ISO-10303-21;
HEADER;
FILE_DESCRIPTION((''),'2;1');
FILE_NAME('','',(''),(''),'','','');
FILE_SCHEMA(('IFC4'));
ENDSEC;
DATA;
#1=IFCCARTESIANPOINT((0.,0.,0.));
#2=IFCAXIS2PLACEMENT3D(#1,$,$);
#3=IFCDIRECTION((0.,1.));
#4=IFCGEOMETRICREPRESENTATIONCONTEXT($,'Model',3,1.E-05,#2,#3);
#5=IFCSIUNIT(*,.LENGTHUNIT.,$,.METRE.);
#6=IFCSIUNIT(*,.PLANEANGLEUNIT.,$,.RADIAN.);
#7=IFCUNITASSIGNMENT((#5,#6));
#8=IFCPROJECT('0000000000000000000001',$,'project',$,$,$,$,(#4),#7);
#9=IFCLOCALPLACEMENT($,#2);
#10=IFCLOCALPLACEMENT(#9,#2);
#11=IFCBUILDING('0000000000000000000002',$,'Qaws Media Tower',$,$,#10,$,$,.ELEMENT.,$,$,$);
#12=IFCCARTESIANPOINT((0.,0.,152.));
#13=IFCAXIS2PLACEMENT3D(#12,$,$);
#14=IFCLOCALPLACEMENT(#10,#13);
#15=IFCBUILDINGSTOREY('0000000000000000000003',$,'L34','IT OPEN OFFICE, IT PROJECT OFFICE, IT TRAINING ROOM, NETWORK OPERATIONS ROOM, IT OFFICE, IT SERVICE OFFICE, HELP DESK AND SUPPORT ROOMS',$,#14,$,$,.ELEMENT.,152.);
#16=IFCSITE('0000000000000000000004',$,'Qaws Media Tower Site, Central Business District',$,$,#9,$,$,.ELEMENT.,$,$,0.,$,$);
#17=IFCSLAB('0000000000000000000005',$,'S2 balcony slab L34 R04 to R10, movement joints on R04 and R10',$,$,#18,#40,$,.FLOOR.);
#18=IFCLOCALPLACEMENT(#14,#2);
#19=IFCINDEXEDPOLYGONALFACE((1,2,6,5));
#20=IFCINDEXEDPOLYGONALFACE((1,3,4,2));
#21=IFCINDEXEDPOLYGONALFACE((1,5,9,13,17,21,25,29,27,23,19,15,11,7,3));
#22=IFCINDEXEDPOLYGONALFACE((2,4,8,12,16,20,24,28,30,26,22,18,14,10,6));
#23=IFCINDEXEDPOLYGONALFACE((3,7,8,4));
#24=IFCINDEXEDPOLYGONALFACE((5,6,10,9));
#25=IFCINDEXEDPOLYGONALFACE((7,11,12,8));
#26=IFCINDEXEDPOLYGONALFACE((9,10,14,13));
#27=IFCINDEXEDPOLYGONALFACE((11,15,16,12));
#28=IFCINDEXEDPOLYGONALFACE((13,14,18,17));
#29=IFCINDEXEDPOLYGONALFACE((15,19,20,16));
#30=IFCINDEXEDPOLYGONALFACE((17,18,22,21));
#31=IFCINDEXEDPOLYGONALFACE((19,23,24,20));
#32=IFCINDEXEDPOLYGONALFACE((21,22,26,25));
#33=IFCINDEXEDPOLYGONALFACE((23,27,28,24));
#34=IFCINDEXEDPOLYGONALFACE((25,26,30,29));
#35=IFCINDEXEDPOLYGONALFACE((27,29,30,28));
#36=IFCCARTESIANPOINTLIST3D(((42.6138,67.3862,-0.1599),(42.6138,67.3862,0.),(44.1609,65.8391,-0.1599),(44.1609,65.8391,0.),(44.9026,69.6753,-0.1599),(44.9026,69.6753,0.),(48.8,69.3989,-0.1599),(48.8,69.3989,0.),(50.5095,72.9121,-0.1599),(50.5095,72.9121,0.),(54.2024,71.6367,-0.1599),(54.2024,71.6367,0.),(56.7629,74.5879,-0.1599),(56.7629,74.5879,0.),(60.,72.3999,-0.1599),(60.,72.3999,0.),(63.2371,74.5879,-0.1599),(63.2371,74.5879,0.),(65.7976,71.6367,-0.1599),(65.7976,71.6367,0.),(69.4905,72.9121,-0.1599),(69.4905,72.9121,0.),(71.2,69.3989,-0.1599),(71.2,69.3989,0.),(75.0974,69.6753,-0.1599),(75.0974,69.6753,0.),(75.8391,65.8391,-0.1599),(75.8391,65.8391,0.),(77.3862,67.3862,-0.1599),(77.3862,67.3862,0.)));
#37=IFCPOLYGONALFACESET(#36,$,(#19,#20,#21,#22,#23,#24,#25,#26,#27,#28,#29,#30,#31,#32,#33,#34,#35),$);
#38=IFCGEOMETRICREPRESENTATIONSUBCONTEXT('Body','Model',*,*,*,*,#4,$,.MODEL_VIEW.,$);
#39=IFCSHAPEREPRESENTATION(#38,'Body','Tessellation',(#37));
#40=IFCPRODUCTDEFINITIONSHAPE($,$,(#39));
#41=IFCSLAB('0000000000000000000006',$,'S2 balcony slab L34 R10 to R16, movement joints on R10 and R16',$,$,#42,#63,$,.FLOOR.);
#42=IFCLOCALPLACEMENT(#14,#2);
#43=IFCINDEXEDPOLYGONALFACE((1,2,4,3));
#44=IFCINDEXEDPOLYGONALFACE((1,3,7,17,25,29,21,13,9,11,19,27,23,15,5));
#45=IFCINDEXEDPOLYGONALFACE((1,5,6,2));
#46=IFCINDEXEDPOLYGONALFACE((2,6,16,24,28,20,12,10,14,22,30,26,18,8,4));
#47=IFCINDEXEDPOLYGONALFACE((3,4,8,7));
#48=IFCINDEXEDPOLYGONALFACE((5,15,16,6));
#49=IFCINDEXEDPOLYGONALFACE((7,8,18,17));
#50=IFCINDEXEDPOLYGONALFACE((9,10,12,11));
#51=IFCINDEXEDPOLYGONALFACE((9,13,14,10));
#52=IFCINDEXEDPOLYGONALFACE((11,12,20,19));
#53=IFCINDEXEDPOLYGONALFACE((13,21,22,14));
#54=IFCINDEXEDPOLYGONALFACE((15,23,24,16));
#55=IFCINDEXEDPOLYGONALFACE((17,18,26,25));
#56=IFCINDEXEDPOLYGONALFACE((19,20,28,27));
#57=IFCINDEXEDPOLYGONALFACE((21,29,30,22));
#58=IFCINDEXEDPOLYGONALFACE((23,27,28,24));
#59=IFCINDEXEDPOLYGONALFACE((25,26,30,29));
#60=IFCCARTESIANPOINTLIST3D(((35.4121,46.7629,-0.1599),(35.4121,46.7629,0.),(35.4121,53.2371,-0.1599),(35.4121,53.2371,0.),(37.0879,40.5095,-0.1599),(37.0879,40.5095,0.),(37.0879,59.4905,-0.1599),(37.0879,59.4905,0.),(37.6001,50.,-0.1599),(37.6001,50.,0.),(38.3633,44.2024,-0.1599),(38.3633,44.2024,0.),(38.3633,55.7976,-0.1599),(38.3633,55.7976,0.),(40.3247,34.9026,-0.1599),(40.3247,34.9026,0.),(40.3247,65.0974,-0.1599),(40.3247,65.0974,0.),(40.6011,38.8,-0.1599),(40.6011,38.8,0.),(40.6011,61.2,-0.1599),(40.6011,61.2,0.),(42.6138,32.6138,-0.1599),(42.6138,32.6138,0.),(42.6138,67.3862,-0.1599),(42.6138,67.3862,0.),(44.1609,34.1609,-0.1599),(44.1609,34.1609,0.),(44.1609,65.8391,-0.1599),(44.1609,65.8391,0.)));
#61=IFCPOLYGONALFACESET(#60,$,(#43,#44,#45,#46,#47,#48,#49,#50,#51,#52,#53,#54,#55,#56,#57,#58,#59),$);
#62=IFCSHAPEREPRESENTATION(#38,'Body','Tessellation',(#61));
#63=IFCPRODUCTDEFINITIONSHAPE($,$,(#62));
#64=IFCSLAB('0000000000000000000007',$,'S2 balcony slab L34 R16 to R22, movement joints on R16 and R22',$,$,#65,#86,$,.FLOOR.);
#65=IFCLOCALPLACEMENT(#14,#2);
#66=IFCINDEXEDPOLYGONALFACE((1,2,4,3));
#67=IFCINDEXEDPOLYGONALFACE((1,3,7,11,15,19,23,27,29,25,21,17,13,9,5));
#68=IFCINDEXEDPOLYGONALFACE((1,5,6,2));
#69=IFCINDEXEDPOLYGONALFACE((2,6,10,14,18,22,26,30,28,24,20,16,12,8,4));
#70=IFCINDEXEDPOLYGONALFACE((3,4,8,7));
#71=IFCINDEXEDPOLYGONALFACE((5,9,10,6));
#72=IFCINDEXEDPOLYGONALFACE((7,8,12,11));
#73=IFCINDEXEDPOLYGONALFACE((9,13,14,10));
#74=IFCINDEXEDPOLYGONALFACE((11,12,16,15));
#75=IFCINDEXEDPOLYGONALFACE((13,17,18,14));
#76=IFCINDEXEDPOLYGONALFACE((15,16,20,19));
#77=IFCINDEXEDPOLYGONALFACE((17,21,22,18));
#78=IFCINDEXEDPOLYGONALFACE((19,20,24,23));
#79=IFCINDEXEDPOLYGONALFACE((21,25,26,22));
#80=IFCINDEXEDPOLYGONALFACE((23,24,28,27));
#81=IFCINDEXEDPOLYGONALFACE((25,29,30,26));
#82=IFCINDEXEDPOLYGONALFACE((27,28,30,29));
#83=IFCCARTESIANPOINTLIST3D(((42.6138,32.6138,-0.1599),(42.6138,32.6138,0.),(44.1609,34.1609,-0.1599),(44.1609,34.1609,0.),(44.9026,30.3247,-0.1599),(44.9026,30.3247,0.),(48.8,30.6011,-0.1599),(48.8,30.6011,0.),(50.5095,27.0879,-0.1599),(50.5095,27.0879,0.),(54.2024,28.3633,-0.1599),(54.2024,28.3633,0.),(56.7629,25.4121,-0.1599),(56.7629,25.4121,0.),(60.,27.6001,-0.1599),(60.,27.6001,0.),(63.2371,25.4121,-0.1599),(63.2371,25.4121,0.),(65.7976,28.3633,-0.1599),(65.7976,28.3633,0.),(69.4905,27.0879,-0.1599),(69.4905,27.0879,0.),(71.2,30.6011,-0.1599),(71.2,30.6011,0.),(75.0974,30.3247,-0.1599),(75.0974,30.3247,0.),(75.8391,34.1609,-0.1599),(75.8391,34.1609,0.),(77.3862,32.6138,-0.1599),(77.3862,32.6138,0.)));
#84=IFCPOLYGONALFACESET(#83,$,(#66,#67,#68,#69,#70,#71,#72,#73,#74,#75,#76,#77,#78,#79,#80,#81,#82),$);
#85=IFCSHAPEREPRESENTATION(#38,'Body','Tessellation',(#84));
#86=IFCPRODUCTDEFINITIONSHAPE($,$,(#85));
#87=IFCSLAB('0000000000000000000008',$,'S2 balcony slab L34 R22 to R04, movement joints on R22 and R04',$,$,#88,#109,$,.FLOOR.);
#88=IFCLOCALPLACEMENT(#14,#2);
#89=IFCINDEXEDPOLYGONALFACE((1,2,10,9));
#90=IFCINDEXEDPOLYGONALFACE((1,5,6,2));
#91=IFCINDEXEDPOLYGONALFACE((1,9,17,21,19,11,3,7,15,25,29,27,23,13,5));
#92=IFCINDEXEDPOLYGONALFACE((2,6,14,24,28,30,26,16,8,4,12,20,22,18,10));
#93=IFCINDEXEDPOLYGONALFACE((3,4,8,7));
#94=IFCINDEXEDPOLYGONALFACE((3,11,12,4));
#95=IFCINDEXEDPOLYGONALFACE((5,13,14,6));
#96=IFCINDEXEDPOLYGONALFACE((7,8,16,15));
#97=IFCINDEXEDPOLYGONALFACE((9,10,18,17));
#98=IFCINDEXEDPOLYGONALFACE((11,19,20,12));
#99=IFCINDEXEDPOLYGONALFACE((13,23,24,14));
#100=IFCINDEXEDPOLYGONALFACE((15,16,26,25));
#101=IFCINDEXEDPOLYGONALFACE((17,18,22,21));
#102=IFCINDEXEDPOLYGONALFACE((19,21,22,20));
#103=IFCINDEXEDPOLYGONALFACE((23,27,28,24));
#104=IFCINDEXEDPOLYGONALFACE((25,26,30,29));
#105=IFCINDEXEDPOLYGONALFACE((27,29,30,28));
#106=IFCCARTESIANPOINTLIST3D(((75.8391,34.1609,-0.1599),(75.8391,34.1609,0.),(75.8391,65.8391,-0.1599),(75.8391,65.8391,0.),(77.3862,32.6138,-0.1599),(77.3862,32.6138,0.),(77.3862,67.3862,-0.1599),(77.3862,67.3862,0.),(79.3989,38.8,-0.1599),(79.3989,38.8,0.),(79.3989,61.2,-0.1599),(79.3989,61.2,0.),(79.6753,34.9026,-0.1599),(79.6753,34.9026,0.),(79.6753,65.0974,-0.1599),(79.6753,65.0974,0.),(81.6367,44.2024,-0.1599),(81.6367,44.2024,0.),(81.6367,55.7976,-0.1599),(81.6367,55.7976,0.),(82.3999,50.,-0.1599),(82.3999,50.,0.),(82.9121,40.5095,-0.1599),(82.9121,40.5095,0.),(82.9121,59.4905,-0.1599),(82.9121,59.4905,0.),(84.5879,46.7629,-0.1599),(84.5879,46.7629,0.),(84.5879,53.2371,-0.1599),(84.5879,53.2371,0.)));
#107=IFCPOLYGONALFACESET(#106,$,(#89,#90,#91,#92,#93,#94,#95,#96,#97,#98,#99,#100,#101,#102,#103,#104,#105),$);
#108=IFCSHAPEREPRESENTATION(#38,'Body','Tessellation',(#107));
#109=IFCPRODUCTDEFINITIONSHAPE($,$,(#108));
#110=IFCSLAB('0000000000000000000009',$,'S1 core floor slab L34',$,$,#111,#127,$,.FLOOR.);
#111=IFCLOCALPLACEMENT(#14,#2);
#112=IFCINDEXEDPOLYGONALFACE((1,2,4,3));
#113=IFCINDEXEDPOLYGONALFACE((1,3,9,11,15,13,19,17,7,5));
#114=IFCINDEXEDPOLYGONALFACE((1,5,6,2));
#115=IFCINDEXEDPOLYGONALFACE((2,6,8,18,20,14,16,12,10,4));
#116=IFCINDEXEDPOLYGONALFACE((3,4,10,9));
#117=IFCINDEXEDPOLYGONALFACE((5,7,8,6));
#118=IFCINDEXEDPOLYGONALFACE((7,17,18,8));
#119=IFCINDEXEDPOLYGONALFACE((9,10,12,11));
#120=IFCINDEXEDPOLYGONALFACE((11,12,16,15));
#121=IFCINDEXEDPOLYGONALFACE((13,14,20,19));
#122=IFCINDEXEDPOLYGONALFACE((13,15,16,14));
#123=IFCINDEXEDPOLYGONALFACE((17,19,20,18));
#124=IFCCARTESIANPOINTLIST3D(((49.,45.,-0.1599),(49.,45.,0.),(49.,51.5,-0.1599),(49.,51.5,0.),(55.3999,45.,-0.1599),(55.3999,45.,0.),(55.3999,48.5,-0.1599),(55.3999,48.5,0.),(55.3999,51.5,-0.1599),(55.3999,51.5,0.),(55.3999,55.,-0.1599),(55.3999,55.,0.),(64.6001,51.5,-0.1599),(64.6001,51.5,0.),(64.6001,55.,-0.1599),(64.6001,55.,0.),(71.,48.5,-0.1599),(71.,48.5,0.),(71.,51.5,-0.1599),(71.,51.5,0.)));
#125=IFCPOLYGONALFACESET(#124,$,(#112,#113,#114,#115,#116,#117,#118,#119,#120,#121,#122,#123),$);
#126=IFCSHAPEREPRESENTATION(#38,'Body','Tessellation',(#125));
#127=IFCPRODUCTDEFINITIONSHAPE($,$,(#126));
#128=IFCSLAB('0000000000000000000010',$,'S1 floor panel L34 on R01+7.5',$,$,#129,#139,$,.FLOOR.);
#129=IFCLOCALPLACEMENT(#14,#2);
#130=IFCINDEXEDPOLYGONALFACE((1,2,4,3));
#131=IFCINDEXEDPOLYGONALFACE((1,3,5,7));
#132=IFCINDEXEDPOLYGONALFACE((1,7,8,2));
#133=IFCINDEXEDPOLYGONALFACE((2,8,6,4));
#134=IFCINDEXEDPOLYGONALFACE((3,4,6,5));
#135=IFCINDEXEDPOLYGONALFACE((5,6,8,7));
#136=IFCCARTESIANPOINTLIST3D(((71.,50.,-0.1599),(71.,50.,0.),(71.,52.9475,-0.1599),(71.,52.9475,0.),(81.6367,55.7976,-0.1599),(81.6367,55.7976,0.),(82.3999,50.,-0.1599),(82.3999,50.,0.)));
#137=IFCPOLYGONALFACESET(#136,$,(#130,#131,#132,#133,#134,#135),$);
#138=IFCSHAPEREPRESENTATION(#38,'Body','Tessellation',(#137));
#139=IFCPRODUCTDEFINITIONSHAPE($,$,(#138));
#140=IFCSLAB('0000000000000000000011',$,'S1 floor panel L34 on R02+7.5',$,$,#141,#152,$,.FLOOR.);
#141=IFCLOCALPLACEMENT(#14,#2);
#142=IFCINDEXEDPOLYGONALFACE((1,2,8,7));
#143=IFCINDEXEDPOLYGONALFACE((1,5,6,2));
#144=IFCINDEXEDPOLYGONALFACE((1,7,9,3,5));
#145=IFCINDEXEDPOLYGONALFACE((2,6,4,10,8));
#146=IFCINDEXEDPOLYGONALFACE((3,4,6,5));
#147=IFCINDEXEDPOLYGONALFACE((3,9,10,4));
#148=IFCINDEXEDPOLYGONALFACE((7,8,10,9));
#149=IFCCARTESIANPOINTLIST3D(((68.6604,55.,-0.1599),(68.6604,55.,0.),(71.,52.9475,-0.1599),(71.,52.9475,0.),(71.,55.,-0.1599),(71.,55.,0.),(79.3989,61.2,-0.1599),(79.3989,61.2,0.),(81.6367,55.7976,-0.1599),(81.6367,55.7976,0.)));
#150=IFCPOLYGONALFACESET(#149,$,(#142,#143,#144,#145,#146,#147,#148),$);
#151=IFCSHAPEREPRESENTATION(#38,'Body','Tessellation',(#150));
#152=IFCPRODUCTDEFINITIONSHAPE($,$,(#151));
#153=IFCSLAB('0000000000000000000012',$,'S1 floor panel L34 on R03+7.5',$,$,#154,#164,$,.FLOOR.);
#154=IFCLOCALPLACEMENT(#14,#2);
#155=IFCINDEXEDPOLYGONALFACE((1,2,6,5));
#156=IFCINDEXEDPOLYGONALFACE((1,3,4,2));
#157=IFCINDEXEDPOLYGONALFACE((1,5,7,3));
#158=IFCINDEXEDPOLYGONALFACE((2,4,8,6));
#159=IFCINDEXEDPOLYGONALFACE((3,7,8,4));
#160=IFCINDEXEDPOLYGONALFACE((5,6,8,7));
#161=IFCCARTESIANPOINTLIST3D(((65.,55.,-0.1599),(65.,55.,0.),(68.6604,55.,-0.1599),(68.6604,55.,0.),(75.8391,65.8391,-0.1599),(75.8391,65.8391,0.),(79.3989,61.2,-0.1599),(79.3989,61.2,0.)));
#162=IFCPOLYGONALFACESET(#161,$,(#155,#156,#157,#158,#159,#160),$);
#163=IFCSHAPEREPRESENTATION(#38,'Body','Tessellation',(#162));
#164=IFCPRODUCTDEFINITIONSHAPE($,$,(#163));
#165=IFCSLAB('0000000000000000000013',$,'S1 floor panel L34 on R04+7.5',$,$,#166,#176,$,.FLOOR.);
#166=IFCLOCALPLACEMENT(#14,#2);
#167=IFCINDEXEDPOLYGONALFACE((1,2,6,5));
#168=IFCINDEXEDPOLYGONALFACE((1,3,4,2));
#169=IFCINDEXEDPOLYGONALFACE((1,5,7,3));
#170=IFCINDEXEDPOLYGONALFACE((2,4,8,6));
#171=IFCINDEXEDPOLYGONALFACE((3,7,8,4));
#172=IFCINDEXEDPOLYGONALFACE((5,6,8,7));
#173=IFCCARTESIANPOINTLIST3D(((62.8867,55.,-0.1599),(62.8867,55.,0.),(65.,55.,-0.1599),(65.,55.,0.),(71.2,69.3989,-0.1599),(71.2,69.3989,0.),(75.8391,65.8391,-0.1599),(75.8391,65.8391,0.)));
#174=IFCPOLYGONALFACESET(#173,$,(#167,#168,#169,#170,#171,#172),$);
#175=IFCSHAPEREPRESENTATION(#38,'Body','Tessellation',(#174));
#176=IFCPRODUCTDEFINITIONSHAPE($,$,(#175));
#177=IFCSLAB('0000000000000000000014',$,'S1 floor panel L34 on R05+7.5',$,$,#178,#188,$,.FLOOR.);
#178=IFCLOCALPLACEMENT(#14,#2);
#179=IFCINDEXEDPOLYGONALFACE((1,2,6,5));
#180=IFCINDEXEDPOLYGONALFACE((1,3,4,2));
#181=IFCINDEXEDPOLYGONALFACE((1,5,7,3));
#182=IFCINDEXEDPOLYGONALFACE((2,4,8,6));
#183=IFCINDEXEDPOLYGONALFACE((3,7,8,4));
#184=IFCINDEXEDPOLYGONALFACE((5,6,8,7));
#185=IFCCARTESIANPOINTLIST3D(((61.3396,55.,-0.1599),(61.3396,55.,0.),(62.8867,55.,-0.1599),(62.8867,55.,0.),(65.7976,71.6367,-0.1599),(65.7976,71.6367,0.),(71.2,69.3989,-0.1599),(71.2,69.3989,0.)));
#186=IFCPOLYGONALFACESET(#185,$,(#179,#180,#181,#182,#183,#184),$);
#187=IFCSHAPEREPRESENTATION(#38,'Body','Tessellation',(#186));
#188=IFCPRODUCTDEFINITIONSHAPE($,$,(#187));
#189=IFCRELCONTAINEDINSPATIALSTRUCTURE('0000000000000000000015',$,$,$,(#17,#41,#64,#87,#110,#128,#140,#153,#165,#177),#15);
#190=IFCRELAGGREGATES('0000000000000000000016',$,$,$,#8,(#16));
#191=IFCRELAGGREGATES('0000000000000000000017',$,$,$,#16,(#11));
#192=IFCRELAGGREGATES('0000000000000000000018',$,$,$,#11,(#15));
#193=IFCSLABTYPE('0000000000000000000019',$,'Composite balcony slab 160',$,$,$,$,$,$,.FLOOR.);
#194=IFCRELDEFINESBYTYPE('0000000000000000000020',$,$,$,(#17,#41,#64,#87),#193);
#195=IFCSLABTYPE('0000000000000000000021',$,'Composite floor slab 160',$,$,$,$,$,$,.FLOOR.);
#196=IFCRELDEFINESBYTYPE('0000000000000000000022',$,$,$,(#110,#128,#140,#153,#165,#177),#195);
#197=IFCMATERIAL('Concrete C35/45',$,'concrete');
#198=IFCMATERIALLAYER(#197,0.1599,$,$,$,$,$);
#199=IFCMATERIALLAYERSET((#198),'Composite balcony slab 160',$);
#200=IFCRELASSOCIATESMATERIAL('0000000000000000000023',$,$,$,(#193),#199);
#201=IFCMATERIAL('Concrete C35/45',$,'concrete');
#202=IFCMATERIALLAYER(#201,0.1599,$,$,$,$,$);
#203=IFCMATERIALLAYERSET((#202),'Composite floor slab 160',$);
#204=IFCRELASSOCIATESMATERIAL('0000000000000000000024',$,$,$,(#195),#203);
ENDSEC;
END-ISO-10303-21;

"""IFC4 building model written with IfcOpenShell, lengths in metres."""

from ifc_helpers import new_model, si_unit, direction, frame, origin, place, context, subcontext, project, spatial, polyline, outline, extrude, material, layer, layer_set, type_object, element, save


model = new_model("IFC4")

# Units and contexts
model_context = context("Model", 3, precision=1e-05, world=origin(), true_north=direction((0.0, 1.0)))
body_context = subcontext(model_context, "Body", "Model", "MODEL_VIEW")
ifc_project = project(units=[si_unit("LENGTHUNIT", "METRE"), si_unit("PLANEANGLEUNIT", "RADIAN")], contexts=[model_context])

# Site, building, storey
site_placement = place(None, origin())
site = spatial("IfcSite", under=ifc_project, at=site_placement, Name="Qaws Media Tower Site, Central Business District", CompositionType="ELEMENT", RefElevation=0.0)
building_placement = place(site_placement, origin())
building = spatial("IfcBuilding", under=site, at=building_placement, Name="Qaws Media Tower", CompositionType="ELEMENT")
storey_placement = place(building_placement, frame((0.0, 0.0, 152.0)))
storey = spatial("IfcBuildingStorey", under=building, at=storey_placement, Name="L34", Description="IT OPEN OFFICE, IT PROJECT OFFICE, IT TRAINING ROOM, NETWORK OPERATIONS ROOM, IT OFFICE, IT SERVICE OFFICE, HELP DESK AND SUPPORT ROOMS", CompositionType="ELEMENT", Elevation=152.0)

# Slabs
ifc_material_1 = material(Name="Concrete C35/45", Category="concrete")
ifc_layer_1 = layer(ifc_material_1, 0.1599)
ifc_layer_set_1 = layer_set([ifc_layer_1], Name="Composite balcony slab 160")
slab_type_1 = type_object("IfcSlabType", Name="Composite balcony slab 160", PredefinedType="FLOOR", material=ifc_layer_set_1)
slab_1_placement = place(storey_placement, frame((0.0, 0.0, -0.1599)))
element("IfcSlab", 1, at=slab_1_placement, inside=storey, type_object=slab_type_1, Name="S2 balcony slab L34 R04 to R10, movement joints on R04 and R10", PredefinedType="FLOOR", context=body_context, shape_type="SweptSolid", body=[
    extrude(outline(polyline([(44.9026, 69.6753), (50.5095, 72.9121), (56.7629, 74.5879), (63.2371, 74.5879), (69.4905, 72.9121), (75.0974, 69.6753), (77.3862, 67.3862), (75.8391, 65.8391), (71.2, 69.3989), (65.7976, 71.6367), (60.0, 72.3999), (54.2024, 71.6367), (48.8, 69.3989), (44.1609, 65.8391), (42.6138, 67.3862), (44.9026, 69.6753)])), origin(), (0.0, 0.0, 1.0), 0.1599),
])
slab_2_placement = place(storey_placement, frame((0.0, 0.0, -0.1599)))
element("IfcSlab", 2, at=slab_2_placement, inside=storey, type_object=slab_type_1, Name="S2 balcony slab L34 R10 to R16, movement joints on R10 and R16", PredefinedType="FLOOR", context=body_context, shape_type="SweptSolid", body=[
    extrude(outline(polyline([(40.3247, 34.9026), (37.0879, 40.5095), (35.4121, 46.7629), (35.4121, 53.2371), (37.0879, 59.4905), (40.3247, 65.0974), (42.6138, 67.3862), (44.1609, 65.8391), (40.6011, 61.2), (38.3633, 55.7976), (37.6001, 50.0), (38.3633, 44.2024), (40.6011, 38.8), (44.1609, 34.1609), (42.6138, 32.6138), (40.3247, 34.9026)])), origin(), (0.0, 0.0, 1.0), 0.1599),
])
slab_3_placement = place(storey_placement, frame((0.0, 0.0, -0.1599)))
element("IfcSlab", 3, at=slab_3_placement, inside=storey, type_object=slab_type_1, Name="S2 balcony slab L34 R16 to R22, movement joints on R16 and R22", PredefinedType="FLOOR", context=body_context, shape_type="SweptSolid", body=[
    extrude(outline(polyline([(75.0974, 30.3247), (69.4905, 27.0879), (63.2371, 25.4121), (56.7629, 25.4121), (50.5095, 27.0879), (44.9026, 30.3247), (42.6138, 32.6138), (44.1609, 34.1609), (48.8, 30.6011), (54.2024, 28.3633), (60.0, 27.6001), (65.7976, 28.3633), (71.2, 30.6011), (75.8391, 34.1609), (77.3862, 32.6138), (75.0974, 30.3247)])), origin(), (0.0, 0.0, 1.0), 0.1599),
])
slab_4_placement = place(storey_placement, frame((0.0, 0.0, -0.1599)))
element("IfcSlab", 4, at=slab_4_placement, inside=storey, type_object=slab_type_1, Name="S2 balcony slab L34 R22 to R04, movement joints on R22 and R04", PredefinedType="FLOOR", context=body_context, shape_type="SweptSolid", body=[
    extrude(outline(polyline([(82.9121, 40.5095), (79.6753, 34.9026), (77.3862, 32.6138), (75.8391, 34.1609), (79.3989, 38.8), (81.6367, 44.2024), (82.3999, 50.0), (81.6367, 55.7976), (79.3989, 61.2), (75.8391, 65.8391), (77.3862, 67.3862), (79.6753, 65.0974), (82.9121, 59.4905), (84.5879, 53.2371), (84.5879, 46.7629), (82.9121, 40.5095)])), origin(), (0.0, 0.0, 1.0), 0.1599),
])
ifc_material_2 = material(Name="Concrete C35/45", Category="concrete")
ifc_layer_2 = layer(ifc_material_2, 0.1599)
ifc_layer_set_2 = layer_set([ifc_layer_2], Name="Composite floor slab 160")
slab_type_2 = type_object("IfcSlabType", Name="Composite floor slab 160", PredefinedType="FLOOR", material=ifc_layer_set_2)
slab_5_placement = place(storey_placement, frame((0.0, 0.0, -0.1599)))
element("IfcSlab", 5, at=slab_5_placement, inside=storey, type_object=slab_type_2, Name="S1 core floor slab L34", PredefinedType="FLOOR", context=body_context, shape_type="SweptSolid", body=[
    extrude(outline(polyline([(71.0, 51.5), (71.0, 48.5), (55.3999, 48.5), (55.3999, 45.0), (49.0, 45.0), (49.0, 51.5), (55.3999, 51.5), (55.3999, 55.0), (64.6001, 55.0), (64.6001, 51.5), (71.0, 51.5)])), origin(), (0.0, 0.0, 1.0), 0.1599),
])
slab_6_placement = place(storey_placement, frame((0.0, 0.0, -0.1599)))
element("IfcSlab", 6, at=slab_6_placement, inside=storey, type_object=slab_type_2, Name="S1 floor panel L34 on R01+7.5", PredefinedType="FLOOR", context=body_context, shape_type="SweptSolid", body=[
    extrude(outline(polyline([(82.3999, 50.0), (71.0, 50.0), (71.0, 52.9475), (81.6367, 55.7976), (82.3999, 50.0)])), origin(), (0.0, 0.0, 1.0), 0.1599),
])
slab_7_placement = place(storey_placement, frame((0.0, 0.0, -0.1599)))
element("IfcSlab", 7, at=slab_7_placement, inside=storey, type_object=slab_type_2, Name="S1 floor panel L34 on R02+7.5", PredefinedType="FLOOR", context=body_context, shape_type="SweptSolid", body=[
    extrude(outline(polyline([(79.3989, 61.2), (81.6367, 55.7976), (71.0, 52.9475), (71.0, 55.0), (68.6604, 55.0), (79.3989, 61.2)])), origin(), (0.0, 0.0, 1.0), 0.1599),
])
slab_8_placement = place(storey_placement, frame((0.0, 0.0, -0.1599)))
element("IfcSlab", 8, at=slab_8_placement, inside=storey, type_object=slab_type_2, Name="S1 floor panel L34 on R03+7.5", PredefinedType="FLOOR", context=body_context, shape_type="SweptSolid", body=[
    extrude(outline(polyline([(79.3989, 61.2), (68.6604, 55.0), (65.0, 55.0), (75.8391, 65.8391), (79.3989, 61.2)])), origin(), (0.0, 0.0, 1.0), 0.1599),
])
slab_9_placement = place(storey_placement, frame((0.0, 0.0, -0.1599)))
element("IfcSlab", 9, at=slab_9_placement, inside=storey, type_object=slab_type_2, Name="S1 floor panel L34 on R04+7.5", PredefinedType="FLOOR", context=body_context, shape_type="SweptSolid", body=[
    extrude(outline(polyline([(75.8391, 65.8391), (65.0, 55.0), (62.8867, 55.0), (71.2, 69.3989), (75.8391, 65.8391)])), origin(), (0.0, 0.0, 1.0), 0.1599),
])
slab_10_placement = place(storey_placement, frame((0.0, 0.0, -0.1599)))
element("IfcSlab", 10, at=slab_10_placement, inside=storey, type_object=slab_type_2, Name="S1 floor panel L34 on R05+7.5", PredefinedType="FLOOR", context=body_context, shape_type="SweptSolid", body=[
    extrude(outline(polyline([(65.7976, 71.6367), (71.2, 69.3989), (62.8867, 55.0), (61.3396, 55.0), (65.7976, 71.6367)])), origin(), (0.0, 0.0, 1.0), 0.1599),
])

save(model, "model.ifc")
